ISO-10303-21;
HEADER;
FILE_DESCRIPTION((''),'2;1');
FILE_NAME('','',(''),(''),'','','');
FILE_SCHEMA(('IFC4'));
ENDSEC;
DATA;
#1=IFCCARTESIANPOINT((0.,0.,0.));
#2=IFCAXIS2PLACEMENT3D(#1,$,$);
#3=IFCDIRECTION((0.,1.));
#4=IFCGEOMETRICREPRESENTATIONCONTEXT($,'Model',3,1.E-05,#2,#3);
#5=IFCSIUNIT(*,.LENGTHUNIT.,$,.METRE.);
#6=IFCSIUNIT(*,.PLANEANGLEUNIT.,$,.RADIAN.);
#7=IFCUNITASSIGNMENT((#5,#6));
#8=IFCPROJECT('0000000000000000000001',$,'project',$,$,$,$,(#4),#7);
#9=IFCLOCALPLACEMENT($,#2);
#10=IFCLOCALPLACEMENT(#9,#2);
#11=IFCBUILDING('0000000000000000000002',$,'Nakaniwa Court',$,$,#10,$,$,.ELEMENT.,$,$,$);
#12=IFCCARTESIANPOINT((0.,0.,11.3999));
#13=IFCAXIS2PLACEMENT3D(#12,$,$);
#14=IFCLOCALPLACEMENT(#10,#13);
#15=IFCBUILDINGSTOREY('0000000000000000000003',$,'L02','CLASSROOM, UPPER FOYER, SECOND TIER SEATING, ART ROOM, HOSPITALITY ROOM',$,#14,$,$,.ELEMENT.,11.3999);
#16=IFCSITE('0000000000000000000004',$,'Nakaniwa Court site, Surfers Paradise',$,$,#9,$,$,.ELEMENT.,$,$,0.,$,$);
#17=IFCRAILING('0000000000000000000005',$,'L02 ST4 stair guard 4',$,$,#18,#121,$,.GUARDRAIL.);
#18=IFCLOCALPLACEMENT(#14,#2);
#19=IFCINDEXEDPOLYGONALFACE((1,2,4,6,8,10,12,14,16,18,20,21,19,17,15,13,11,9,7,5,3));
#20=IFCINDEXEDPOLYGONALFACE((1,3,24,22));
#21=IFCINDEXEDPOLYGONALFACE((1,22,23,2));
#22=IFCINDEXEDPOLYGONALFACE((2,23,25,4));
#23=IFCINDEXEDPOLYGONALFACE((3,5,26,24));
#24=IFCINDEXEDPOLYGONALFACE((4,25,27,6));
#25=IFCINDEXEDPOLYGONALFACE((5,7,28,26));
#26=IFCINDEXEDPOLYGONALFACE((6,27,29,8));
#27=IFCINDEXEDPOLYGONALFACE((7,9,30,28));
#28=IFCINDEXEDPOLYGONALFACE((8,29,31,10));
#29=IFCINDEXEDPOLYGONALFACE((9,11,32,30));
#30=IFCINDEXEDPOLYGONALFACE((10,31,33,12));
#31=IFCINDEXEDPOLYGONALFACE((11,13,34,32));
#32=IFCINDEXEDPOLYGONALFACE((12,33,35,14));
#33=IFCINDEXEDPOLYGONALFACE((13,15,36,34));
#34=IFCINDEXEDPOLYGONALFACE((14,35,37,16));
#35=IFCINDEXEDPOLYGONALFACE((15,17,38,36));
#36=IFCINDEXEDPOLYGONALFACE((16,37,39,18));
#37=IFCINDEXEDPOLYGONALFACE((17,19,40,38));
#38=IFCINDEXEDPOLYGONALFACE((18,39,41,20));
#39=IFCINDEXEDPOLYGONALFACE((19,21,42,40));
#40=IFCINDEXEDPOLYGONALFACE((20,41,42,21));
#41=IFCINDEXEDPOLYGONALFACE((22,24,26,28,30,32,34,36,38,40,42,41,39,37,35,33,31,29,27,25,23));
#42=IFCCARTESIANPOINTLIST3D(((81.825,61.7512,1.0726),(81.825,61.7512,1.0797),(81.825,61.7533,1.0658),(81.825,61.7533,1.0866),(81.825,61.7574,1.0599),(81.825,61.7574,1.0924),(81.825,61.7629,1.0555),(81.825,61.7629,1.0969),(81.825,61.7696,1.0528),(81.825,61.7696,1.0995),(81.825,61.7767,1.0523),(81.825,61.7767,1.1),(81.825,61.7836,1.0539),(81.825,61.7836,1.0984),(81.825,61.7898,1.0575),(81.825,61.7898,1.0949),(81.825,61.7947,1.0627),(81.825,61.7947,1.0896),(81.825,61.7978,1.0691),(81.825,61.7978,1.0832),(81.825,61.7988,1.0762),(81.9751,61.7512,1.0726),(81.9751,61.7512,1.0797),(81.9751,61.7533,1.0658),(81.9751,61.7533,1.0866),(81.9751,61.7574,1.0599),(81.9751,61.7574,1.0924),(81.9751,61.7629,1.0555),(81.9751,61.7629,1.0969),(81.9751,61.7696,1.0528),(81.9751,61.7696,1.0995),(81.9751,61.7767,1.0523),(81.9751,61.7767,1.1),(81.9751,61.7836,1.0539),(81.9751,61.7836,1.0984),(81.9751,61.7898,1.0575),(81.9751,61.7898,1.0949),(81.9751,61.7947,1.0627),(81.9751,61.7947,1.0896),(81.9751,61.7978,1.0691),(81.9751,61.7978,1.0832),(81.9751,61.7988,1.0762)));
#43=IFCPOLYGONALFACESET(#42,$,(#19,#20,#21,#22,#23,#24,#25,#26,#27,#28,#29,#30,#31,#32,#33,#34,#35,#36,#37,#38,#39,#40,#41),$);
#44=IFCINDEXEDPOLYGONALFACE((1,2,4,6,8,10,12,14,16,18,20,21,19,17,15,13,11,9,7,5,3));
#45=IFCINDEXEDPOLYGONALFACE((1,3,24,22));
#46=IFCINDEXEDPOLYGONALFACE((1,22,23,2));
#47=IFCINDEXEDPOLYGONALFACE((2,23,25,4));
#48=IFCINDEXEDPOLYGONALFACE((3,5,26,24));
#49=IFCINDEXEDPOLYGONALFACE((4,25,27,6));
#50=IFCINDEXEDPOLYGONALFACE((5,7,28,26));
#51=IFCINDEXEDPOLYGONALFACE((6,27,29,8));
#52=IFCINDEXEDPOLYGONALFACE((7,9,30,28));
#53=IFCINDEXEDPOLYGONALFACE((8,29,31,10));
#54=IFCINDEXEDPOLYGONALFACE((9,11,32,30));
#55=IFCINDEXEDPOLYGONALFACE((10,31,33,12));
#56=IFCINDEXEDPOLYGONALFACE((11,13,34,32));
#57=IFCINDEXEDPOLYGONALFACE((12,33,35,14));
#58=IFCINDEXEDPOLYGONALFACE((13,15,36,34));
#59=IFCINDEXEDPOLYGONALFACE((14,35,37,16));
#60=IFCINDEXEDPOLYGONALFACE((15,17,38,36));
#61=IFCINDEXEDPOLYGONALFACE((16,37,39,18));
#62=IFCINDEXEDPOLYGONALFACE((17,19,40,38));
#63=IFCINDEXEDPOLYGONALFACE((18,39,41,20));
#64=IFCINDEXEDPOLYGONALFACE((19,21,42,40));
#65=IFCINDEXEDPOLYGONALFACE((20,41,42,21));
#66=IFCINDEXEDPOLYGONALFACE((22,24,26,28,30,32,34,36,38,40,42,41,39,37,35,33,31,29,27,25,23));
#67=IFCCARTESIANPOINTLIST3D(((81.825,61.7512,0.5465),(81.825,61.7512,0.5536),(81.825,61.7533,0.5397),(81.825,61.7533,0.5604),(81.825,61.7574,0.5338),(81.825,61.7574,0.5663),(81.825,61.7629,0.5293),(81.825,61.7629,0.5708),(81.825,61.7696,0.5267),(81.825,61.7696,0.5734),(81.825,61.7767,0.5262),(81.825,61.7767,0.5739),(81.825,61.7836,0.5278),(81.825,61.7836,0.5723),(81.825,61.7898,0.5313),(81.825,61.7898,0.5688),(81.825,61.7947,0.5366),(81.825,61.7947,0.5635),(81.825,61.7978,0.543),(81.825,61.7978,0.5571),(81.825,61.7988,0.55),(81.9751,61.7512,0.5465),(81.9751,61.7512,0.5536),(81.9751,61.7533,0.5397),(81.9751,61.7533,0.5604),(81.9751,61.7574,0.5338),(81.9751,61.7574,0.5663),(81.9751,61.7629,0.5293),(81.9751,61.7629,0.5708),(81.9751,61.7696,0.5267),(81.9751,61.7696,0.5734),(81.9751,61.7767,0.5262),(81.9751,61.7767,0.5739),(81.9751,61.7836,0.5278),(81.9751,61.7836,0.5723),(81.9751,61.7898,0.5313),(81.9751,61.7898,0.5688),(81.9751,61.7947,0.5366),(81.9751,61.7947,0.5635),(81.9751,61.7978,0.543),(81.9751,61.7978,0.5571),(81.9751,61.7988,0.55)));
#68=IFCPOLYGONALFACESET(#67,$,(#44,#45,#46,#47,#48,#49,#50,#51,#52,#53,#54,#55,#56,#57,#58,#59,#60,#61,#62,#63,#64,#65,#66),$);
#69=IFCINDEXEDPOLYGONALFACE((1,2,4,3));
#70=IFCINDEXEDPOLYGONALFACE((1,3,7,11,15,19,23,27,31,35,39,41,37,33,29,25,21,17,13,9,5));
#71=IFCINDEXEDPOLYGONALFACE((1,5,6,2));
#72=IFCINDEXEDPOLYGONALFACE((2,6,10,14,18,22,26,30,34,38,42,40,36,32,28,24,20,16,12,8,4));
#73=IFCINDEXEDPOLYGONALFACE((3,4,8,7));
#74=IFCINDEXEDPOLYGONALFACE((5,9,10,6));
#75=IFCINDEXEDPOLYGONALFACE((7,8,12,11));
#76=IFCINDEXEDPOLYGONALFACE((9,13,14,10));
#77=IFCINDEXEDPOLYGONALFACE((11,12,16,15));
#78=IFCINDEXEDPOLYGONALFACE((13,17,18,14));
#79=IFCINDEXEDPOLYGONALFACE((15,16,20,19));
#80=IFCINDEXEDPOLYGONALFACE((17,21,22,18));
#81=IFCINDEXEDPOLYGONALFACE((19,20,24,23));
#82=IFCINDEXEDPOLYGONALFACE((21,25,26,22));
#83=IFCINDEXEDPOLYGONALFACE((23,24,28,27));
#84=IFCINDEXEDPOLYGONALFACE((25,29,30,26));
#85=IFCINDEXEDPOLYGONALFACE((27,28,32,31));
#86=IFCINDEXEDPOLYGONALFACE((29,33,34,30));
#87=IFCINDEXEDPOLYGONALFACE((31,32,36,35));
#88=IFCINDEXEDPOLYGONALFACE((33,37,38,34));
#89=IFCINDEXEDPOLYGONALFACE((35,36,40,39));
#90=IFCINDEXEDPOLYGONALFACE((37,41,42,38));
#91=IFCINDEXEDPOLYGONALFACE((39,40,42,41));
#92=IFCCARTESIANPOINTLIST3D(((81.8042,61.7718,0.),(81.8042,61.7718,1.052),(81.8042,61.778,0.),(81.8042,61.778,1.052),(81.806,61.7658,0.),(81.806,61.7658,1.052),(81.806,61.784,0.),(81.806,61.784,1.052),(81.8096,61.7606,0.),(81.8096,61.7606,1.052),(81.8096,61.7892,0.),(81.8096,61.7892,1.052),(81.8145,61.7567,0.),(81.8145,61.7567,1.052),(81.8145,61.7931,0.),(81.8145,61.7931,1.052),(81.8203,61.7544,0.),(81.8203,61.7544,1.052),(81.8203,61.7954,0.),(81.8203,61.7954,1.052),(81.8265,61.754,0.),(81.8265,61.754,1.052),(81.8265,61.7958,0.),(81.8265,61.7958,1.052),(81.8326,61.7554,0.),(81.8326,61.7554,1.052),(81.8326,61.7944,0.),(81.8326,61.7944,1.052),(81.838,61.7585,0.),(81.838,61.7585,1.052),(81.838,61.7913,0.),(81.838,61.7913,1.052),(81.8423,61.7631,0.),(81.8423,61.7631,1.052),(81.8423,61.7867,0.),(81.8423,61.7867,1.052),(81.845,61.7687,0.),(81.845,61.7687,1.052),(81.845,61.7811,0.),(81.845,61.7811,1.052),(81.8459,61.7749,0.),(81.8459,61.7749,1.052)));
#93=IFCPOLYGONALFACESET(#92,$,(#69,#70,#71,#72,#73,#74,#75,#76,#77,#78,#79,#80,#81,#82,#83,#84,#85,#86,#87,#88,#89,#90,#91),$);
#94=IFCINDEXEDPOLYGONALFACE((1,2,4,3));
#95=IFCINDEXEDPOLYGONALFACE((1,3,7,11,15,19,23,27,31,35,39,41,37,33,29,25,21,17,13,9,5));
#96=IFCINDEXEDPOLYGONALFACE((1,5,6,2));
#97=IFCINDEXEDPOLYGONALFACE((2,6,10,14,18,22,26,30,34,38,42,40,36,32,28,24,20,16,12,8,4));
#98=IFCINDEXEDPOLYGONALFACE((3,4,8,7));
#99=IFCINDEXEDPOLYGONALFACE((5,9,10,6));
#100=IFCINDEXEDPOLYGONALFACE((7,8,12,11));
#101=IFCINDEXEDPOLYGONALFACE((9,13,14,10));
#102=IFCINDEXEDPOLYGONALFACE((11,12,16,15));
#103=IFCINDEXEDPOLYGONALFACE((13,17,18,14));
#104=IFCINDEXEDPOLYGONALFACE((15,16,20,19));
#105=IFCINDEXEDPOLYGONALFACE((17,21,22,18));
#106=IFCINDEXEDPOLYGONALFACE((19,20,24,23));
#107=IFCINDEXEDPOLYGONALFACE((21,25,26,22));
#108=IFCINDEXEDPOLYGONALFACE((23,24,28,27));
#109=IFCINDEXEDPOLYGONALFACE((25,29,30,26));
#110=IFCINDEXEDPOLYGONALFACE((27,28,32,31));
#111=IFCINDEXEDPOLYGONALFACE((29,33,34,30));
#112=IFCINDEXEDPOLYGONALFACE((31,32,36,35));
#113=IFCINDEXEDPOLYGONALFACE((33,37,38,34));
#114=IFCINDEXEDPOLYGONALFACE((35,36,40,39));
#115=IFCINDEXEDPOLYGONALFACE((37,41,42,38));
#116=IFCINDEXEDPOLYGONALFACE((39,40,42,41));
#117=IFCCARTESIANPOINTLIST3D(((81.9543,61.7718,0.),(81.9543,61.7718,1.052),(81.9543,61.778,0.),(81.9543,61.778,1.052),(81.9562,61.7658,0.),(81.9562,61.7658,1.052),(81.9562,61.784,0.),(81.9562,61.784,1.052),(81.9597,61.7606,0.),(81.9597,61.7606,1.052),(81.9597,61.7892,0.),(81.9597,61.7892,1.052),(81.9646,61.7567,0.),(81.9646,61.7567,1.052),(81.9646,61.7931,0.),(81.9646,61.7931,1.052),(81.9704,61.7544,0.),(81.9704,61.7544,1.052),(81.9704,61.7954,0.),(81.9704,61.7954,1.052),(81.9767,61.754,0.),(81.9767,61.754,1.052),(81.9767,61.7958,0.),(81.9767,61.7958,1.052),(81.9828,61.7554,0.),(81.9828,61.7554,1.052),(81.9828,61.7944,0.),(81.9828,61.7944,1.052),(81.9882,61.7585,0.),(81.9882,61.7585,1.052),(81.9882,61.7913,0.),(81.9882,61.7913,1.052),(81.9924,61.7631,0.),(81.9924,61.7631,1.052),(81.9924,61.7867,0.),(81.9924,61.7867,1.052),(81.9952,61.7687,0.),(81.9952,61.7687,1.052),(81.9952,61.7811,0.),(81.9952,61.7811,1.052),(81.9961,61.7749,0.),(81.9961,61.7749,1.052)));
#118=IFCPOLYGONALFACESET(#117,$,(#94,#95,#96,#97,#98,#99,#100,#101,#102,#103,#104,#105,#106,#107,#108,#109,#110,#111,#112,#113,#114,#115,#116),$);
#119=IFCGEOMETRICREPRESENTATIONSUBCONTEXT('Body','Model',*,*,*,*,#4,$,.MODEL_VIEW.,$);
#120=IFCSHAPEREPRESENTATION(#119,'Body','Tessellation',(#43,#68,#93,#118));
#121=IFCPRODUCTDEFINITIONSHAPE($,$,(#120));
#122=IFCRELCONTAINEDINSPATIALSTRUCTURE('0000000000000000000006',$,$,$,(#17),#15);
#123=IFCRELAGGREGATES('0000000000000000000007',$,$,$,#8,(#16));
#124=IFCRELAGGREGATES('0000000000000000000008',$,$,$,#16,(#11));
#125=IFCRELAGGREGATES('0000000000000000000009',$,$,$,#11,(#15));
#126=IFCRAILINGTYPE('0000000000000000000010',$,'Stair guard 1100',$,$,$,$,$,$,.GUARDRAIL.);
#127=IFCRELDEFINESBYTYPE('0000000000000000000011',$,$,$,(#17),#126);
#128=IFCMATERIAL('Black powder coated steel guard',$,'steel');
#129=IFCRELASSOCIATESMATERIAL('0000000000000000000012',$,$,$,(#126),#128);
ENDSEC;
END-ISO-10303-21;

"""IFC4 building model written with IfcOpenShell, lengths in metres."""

from ifc_helpers import new_model, si_unit, direction, frame, origin, origin_2d, place, context, subcontext, project, spatial, circle, extrude, material, type_object, element, save


model = new_model("IFC4")

# Units and contexts
model_context = context("Model", 3, precision=1e-05, world=origin(), true_north=direction((0.0, 1.0)))
body_context = subcontext(model_context, "Body", "Model", "MODEL_VIEW")
ifc_project = project(units=[si_unit("LENGTHUNIT", "METRE"), si_unit("PLANEANGLEUNIT", "RADIAN")], contexts=[model_context])

# Site, building, storey
site_placement = place(None, origin())
site = spatial("IfcSite", under=ifc_project, at=site_placement, Name="Nakaniwa Court site, Surfers Paradise", CompositionType="ELEMENT", RefElevation=0.0)
building_placement = place(site_placement, origin())
building = spatial("IfcBuilding", under=site, at=building_placement, Name="Nakaniwa Court", CompositionType="ELEMENT")
storey_placement = place(building_placement, frame((0.0, 0.0, 11.3999)))
storey = spatial("IfcBuildingStorey", under=building, at=storey_placement, Name="L02", Description="CLASSROOM, UPPER FOYER, SECOND TIER SEATING, ART ROOM, HOSPITALITY ROOM", CompositionType="ELEMENT", Elevation=11.3999)

# Railing
ifc_material_1 = material(Name="Black powder coated steel guard", Category="steel")
railing_type_1 = type_object("IfcRailingType", Name="Stair guard 1100", PredefinedType="GUARDRAIL", material=ifc_material_1)
railing_1_placement = place(storey_placement, frame((81.825, 61.7749, 0.0)))
element("IfcRailing", 1, at=railing_1_placement, inside=storey, type_object=railing_type_1, Name="L02 ST4 stair guard 4", PredefinedType="GUARDRAIL", context=body_context, shape_type="SweptSolid", body=[
    extrude(circle(Radius=0.0239, at=origin_2d()), frame((0.0, 0.0, 1.0762), z_axis=(1.0, 0.0, 0.0), x_axis=(0.0, 1.0, 0.0)), (0.0, 0.0, 1.0), 0.1501),
    extrude(circle(Radius=0.0239, at=origin_2d()), frame((0.0, 0.0, 0.55), z_axis=(1.0, 0.0, 0.0), x_axis=(0.0, 1.0, 0.0)), (0.0, 0.0, 1.0), 0.1501),
    extrude(circle(Radius=0.021, at=origin_2d()), origin(), (0.0, 0.0, 1.0), 1.052),
    extrude(circle(Radius=0.021, at=origin_2d()), frame((0.1501, 0.0, 0.0)), (0.0, 0.0, 1.0), 1.052),
])

save(model, "model.ifc")
